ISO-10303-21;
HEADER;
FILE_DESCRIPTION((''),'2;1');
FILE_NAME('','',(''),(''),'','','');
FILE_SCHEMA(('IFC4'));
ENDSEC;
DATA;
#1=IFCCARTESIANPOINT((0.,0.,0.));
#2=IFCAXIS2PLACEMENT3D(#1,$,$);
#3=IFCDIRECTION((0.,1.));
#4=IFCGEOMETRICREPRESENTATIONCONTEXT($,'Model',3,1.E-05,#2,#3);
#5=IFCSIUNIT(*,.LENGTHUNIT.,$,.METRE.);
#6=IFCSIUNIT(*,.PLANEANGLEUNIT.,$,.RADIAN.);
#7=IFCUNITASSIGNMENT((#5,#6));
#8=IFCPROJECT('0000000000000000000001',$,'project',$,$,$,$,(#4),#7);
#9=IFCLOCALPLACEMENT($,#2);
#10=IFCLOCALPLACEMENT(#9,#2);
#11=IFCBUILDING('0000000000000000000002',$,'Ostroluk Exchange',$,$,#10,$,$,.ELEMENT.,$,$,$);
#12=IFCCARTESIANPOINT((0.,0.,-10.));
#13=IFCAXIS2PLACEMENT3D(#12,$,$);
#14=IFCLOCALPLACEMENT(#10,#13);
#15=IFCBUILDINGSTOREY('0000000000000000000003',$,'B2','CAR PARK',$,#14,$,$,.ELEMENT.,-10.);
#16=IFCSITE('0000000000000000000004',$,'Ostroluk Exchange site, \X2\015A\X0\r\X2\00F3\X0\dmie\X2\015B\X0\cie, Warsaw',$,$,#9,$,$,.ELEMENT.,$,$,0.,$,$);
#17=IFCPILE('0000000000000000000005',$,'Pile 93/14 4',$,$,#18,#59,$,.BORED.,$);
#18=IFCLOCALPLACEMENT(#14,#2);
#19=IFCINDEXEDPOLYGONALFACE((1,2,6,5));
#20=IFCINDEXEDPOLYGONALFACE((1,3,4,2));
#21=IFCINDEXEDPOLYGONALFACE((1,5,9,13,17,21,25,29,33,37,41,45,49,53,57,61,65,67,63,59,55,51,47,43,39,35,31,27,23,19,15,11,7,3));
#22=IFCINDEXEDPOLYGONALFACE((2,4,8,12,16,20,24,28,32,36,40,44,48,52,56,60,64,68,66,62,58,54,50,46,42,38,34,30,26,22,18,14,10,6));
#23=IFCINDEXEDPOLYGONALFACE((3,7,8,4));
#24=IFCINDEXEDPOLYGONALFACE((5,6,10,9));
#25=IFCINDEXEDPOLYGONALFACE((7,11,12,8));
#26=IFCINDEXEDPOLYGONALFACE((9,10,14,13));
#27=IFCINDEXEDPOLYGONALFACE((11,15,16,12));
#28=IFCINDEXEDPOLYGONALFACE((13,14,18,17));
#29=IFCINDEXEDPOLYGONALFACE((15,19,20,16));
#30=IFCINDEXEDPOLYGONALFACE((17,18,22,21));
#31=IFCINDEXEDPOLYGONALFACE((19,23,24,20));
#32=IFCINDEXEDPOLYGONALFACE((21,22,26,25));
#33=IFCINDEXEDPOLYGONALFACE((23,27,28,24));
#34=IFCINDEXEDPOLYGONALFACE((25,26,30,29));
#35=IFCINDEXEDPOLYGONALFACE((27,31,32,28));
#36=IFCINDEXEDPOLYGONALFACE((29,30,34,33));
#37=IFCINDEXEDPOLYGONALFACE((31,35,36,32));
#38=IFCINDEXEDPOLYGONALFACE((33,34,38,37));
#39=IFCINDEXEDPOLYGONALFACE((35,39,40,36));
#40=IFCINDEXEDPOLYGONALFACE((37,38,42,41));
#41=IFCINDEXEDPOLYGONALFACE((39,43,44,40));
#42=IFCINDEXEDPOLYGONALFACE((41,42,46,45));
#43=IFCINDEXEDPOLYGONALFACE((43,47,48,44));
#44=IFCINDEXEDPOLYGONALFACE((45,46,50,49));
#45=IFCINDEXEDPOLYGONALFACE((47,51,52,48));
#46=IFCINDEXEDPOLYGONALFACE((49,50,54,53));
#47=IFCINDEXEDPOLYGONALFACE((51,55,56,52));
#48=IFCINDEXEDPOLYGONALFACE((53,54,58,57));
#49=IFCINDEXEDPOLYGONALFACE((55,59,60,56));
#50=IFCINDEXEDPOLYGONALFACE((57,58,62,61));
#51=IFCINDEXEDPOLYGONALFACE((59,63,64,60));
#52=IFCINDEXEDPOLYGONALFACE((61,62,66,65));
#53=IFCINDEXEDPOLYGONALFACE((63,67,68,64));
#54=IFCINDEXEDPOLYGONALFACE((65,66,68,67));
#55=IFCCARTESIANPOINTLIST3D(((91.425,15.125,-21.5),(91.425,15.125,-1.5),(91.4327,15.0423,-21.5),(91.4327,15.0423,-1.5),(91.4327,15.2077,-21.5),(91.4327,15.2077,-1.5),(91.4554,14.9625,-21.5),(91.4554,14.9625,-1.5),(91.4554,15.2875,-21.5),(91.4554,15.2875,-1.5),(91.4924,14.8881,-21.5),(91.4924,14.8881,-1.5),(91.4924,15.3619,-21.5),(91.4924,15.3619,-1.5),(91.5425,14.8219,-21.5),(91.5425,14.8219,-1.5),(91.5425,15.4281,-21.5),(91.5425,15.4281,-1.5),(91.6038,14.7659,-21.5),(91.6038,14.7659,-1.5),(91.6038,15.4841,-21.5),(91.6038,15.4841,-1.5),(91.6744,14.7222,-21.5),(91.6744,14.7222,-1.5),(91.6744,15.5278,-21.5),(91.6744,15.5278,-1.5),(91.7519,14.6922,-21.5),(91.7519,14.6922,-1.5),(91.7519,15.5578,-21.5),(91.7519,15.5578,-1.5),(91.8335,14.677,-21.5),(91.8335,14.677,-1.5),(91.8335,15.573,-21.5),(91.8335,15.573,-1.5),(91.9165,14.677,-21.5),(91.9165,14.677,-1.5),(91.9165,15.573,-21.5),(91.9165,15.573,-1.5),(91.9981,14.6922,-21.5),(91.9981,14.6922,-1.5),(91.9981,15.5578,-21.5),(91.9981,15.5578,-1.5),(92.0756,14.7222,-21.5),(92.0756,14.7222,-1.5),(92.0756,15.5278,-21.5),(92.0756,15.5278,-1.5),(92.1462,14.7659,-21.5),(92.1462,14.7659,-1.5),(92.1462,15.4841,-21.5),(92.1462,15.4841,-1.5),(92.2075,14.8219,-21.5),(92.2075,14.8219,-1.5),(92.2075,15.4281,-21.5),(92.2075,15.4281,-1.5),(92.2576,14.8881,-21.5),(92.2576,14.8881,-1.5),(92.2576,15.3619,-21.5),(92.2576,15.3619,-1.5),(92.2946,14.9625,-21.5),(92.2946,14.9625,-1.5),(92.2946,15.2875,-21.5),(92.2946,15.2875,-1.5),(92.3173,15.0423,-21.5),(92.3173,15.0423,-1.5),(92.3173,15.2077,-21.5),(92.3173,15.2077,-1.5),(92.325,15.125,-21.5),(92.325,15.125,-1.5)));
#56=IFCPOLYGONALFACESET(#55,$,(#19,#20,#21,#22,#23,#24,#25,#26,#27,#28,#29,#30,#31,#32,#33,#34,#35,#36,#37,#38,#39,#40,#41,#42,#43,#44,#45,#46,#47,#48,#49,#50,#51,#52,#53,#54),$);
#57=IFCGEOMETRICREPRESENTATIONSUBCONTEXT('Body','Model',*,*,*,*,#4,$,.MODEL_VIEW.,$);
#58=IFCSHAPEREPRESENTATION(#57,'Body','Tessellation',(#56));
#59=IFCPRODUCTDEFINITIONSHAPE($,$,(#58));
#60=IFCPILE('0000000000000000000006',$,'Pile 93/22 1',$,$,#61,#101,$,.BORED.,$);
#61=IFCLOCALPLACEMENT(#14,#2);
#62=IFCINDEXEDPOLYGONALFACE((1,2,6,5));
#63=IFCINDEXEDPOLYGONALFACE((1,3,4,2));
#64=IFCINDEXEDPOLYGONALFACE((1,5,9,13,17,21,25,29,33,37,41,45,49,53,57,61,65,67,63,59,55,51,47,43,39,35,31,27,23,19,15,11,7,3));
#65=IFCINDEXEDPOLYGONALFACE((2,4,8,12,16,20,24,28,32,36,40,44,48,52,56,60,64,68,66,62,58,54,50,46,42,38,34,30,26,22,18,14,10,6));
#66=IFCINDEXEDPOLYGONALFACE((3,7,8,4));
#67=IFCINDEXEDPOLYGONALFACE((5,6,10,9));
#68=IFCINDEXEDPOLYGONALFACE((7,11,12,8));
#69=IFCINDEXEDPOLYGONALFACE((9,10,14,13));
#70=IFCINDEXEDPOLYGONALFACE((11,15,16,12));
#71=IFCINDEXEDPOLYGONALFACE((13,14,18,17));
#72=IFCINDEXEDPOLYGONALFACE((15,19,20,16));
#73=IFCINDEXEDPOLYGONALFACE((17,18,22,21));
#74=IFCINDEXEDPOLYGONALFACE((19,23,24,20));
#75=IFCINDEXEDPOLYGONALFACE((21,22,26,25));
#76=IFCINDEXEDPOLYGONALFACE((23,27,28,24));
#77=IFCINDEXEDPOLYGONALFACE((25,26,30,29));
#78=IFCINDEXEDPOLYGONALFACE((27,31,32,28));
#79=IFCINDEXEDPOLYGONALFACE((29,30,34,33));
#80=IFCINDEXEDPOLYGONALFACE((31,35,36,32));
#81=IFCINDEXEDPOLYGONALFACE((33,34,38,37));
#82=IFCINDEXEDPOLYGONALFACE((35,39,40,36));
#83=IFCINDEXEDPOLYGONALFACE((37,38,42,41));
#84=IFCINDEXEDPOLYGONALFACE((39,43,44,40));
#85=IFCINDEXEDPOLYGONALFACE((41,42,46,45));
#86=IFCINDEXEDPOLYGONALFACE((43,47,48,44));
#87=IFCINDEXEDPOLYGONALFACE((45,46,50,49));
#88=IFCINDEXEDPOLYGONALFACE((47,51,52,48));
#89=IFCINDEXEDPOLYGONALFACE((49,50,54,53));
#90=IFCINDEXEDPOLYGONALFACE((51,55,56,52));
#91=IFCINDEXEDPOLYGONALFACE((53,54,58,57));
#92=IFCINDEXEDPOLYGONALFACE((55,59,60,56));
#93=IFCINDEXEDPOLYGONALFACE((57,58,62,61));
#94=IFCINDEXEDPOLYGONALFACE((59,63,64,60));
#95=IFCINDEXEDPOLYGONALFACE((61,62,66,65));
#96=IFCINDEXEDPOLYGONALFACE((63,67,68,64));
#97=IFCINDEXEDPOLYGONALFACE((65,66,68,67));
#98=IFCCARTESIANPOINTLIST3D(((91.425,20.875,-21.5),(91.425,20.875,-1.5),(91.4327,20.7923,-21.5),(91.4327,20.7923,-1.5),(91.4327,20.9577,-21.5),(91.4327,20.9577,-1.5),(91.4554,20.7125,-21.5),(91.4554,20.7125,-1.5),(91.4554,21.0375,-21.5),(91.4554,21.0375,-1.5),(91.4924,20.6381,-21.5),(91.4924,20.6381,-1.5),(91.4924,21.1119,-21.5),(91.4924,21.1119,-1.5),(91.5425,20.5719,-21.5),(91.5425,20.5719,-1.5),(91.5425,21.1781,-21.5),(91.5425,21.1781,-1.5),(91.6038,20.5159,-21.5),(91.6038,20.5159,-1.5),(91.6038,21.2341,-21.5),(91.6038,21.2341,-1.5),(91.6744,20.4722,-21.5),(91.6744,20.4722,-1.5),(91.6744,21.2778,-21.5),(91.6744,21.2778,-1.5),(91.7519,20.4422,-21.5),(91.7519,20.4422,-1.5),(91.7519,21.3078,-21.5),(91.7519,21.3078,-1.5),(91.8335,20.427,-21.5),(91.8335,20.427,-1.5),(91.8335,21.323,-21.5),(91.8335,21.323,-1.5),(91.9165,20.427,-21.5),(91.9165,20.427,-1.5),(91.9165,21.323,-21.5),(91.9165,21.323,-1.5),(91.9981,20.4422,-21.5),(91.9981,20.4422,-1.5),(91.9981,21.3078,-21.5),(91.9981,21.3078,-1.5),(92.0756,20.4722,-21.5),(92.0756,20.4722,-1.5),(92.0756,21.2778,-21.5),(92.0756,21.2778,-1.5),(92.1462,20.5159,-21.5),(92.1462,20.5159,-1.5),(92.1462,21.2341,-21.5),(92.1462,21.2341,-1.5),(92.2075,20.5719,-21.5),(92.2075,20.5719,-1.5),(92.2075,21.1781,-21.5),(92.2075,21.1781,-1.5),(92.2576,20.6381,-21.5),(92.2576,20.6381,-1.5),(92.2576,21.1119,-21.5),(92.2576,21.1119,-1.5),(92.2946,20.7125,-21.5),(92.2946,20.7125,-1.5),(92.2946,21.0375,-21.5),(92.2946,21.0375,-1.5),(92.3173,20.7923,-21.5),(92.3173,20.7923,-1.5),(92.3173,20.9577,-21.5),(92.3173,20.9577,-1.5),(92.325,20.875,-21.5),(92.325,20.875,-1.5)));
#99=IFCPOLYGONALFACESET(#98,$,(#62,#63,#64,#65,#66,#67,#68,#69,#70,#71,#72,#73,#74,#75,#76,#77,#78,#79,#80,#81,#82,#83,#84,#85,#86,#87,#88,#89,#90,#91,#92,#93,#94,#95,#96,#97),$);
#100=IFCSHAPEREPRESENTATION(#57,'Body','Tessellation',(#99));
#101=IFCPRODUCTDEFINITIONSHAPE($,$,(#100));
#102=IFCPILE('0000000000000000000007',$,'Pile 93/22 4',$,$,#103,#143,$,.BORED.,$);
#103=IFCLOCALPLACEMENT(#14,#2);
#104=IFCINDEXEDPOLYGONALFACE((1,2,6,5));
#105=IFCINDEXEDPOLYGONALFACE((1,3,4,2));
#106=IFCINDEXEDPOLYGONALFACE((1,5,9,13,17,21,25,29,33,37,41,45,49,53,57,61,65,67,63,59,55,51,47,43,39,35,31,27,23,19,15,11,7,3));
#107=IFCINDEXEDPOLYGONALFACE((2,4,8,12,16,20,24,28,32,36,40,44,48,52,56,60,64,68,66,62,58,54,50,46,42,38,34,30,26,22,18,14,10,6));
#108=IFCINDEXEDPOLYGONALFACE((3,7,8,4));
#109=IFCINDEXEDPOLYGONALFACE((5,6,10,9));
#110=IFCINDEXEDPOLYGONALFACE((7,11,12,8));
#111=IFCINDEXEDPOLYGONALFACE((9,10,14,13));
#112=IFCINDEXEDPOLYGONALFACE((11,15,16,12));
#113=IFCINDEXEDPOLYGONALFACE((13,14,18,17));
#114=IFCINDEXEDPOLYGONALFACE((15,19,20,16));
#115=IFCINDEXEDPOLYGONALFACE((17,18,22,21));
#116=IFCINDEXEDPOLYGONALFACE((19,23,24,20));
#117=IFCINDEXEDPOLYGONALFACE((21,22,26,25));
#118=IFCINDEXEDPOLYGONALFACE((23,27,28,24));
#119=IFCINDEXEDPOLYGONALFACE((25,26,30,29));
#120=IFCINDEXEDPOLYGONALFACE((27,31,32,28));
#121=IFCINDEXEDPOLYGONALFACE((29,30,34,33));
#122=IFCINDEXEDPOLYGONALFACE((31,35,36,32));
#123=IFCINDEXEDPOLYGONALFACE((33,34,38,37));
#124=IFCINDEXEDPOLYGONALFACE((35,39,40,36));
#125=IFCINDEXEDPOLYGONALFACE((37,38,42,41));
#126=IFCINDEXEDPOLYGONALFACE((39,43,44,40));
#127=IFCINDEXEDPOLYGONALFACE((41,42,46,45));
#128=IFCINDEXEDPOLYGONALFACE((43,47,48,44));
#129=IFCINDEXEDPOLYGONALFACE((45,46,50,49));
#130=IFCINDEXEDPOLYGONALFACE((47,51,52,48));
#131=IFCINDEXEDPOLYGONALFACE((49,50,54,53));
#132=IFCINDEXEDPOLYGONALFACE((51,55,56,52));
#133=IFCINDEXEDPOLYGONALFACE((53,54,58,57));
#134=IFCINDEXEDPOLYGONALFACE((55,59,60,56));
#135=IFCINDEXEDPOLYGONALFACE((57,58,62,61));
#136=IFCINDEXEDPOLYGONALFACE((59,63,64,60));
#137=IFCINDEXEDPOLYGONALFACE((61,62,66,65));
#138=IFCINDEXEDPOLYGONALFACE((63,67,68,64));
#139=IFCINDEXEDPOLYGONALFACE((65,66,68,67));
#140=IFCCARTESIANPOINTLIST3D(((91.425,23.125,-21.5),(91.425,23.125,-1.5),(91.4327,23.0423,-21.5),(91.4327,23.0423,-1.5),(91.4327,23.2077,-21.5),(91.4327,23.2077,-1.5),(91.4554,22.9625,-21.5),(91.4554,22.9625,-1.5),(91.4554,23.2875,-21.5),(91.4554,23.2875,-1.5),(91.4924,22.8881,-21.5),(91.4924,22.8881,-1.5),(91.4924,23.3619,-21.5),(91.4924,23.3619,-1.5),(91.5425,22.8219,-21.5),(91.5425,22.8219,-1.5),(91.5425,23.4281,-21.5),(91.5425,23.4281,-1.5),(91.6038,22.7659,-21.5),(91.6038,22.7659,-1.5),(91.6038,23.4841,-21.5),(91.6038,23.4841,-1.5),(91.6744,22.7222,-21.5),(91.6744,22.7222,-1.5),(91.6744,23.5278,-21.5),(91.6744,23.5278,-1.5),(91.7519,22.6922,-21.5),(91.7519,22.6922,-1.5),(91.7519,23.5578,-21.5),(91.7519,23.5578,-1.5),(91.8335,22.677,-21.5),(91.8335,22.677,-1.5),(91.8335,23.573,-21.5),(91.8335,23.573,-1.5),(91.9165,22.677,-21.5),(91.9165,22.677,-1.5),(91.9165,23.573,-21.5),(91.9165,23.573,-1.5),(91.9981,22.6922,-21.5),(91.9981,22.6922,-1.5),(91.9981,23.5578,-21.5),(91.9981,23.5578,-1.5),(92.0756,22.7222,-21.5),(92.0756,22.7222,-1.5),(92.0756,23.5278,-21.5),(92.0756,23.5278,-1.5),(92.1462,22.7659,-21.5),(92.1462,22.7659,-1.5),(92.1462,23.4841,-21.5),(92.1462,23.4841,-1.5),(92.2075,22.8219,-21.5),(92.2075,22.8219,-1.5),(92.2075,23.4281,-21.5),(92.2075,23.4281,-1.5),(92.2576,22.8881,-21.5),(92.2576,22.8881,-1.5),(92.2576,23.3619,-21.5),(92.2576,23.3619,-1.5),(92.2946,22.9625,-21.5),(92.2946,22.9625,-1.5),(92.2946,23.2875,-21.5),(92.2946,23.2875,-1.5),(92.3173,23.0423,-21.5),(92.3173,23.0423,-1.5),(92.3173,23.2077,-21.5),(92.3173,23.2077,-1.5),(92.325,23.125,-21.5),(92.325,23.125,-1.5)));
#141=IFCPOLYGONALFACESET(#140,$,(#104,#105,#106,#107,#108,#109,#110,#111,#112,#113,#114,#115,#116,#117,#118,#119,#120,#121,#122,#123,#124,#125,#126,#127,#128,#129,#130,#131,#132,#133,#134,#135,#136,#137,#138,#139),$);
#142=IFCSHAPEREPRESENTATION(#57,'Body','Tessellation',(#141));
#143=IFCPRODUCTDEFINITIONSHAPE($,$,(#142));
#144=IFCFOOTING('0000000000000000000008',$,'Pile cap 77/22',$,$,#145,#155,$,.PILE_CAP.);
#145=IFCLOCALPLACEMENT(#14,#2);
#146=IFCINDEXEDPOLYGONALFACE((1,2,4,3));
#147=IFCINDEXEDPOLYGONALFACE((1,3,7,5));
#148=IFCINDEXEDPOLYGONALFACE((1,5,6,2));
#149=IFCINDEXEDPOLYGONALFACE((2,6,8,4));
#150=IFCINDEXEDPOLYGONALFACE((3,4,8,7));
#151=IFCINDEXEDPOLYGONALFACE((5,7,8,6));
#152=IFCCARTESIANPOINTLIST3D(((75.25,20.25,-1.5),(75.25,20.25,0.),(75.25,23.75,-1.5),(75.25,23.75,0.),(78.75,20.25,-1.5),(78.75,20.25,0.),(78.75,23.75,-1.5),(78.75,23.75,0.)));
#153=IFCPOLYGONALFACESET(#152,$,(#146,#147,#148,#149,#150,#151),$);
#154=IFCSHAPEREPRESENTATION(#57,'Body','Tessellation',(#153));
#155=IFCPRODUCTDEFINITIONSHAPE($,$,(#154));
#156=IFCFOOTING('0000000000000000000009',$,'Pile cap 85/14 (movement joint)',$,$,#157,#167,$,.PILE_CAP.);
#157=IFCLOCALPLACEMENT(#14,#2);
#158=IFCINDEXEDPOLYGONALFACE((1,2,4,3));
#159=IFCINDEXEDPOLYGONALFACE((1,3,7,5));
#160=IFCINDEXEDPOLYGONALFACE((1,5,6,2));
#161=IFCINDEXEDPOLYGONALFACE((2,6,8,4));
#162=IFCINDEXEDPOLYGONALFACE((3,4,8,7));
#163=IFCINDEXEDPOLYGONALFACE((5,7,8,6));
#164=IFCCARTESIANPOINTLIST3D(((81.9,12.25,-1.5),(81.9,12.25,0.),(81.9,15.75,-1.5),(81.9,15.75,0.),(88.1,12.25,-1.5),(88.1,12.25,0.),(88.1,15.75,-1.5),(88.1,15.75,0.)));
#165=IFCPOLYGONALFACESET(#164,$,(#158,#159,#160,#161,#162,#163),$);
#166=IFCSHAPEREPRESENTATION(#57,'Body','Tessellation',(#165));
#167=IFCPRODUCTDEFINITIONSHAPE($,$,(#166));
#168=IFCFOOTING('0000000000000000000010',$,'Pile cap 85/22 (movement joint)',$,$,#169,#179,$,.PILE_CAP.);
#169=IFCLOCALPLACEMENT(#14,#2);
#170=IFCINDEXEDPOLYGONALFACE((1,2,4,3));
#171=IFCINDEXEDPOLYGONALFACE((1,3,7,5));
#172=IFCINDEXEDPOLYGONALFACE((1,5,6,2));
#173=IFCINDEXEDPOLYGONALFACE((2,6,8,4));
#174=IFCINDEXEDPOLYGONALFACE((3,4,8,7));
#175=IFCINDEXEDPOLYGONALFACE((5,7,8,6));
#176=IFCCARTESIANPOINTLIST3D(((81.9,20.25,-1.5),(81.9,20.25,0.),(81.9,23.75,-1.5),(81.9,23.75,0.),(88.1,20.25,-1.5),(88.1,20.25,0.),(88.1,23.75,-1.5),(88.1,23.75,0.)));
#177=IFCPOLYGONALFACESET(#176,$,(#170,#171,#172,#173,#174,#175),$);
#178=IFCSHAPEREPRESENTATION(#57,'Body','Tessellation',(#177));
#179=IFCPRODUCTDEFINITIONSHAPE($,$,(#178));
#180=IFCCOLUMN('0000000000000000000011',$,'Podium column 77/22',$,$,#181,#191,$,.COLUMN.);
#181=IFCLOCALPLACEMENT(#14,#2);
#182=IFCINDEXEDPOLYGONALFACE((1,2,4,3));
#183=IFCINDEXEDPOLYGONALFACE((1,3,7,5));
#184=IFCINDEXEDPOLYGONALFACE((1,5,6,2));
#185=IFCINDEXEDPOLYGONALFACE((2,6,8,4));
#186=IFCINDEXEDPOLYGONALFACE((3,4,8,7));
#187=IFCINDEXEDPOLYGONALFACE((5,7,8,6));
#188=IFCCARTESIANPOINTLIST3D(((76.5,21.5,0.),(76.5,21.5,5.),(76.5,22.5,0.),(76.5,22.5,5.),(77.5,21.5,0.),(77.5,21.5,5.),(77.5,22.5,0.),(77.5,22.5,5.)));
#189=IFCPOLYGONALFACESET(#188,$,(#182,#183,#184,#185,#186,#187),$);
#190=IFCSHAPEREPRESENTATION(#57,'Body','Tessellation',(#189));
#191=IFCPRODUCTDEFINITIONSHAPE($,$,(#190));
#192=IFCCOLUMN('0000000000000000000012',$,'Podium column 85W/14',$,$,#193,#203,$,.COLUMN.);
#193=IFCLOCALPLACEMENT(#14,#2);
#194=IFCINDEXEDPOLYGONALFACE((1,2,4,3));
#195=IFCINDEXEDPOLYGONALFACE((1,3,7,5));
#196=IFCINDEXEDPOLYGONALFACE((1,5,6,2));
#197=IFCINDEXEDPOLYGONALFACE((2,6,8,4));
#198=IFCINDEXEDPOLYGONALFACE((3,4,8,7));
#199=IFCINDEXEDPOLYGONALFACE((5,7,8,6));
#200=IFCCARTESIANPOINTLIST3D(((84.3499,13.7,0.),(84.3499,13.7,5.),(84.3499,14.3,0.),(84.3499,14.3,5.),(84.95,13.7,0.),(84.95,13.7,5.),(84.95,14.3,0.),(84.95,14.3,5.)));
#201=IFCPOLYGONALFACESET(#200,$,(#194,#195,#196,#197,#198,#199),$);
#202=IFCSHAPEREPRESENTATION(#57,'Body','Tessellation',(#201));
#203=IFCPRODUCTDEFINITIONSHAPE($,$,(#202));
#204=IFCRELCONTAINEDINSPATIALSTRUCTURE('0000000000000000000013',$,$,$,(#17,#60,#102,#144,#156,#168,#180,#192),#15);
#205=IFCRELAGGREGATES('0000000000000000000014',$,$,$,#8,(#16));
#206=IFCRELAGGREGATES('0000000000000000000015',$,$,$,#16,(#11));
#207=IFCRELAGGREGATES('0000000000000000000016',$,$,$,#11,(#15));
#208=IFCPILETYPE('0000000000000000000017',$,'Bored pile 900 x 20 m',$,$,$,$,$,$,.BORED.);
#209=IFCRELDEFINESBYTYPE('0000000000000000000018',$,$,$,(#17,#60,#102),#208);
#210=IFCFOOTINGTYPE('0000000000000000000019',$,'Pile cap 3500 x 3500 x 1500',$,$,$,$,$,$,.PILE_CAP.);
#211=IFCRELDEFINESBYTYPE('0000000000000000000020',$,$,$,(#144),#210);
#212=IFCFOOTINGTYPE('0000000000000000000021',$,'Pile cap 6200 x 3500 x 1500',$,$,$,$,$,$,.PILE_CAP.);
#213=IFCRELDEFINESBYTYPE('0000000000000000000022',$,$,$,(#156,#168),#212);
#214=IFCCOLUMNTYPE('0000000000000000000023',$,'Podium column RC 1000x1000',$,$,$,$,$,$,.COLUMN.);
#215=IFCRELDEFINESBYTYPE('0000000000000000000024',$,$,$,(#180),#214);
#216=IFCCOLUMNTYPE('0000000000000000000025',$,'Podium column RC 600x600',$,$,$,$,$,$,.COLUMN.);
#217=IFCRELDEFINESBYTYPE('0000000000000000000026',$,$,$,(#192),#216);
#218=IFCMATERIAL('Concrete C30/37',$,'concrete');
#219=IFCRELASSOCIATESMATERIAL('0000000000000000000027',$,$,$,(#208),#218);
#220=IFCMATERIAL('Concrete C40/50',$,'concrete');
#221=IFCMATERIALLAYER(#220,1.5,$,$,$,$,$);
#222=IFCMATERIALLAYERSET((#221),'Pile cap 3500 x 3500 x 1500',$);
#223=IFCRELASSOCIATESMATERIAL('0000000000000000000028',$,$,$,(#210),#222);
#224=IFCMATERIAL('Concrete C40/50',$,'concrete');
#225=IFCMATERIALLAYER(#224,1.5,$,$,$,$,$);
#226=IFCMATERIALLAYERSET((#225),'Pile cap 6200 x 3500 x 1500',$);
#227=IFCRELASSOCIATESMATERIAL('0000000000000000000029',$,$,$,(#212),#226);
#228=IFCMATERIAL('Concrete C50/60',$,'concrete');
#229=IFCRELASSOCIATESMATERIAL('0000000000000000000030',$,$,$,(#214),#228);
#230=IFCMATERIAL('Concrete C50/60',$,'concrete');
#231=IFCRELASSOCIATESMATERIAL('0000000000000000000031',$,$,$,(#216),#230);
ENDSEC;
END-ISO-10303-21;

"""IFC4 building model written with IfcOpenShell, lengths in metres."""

from ifc_helpers import new_model, si_unit, direction, frame, origin, origin_2d, place, context, subcontext, project, spatial, rectangle, circle, extrude, material, layer, layer_set, material_profile, profile_set, type_object, element, save


model = new_model("IFC4")

# Units and contexts
model_context = context("Model", 3, precision=1e-05, world=origin(), true_north=direction((0.0, 1.0)))
body_context = subcontext(model_context, "Body", "Model", "MODEL_VIEW")
ifc_project = project(units=[si_unit("LENGTHUNIT", "METRE"), si_unit("PLANEANGLEUNIT", "RADIAN")], contexts=[model_context])

# Site, building, storey
site_placement = place(None, origin())
site = spatial("IfcSite", under=ifc_project, at=site_placement, Name="Ostroluk Exchange site, Śródmieście, Warsaw", CompositionType="ELEMENT", RefElevation=0.0)
building_placement = place(site_placement, origin())
building = spatial("IfcBuilding", under=site, at=building_placement, Name="Ostroluk Exchange", CompositionType="ELEMENT")
storey_placement = place(building_placement, frame((0.0, 0.0, -10.0)))
storey = spatial("IfcBuildingStorey", under=building, at=storey_placement, Name="B2", Description="CAR PARK", CompositionType="ELEMENT", Elevation=-10.0)

# Piles
ifc_material_1 = material(Name="Concrete C30/37", Category="concrete")
pile_type = type_object("IfcPileType", Name="Bored pile 900 x 20 m", PredefinedType="BORED", material=ifc_material_1)
for number, where, z_axis, x_axis, name in (
    (1, (91.875, 15.125, -1.5), (0.0, 0.0, -1.0), (1.0, 0.0, 0.0), "Pile 93/14 4"),
    (2, (91.875, 20.875, -1.5), (0.0, 0.0, -1.0), (1.0, 0.0, 0.0), "Pile 93/22 1"),
    (3, (91.875, 23.125, -1.5), (0.0, 0.0, -1.0), (1.0, 0.0, 0.0), "Pile 93/22 4"),
):
    element("IfcPile", number, at=place(storey_placement, frame(where, z_axis=z_axis, x_axis=x_axis)), inside=storey, type_object=pile_type, Name=name, PredefinedType="BORED", context=body_context, shape_type="SweptSolid", body=[
        extrude(circle(Radius=0.45, at=origin_2d()), origin(), (0.0, 0.0, 1.0), 20.0),
    ])

# Footings
ifc_material_2 = material(Name="Concrete C40/50", Category="concrete")
ifc_layer_1 = layer(ifc_material_2, 1.5)
ifc_layer_set_1 = layer_set([ifc_layer_1], Name="Pile cap 3500 x 3500 x 1500")
footing_type_1 = type_object("IfcFootingType", Name="Pile cap 3500 x 3500 x 1500", PredefinedType="PILE_CAP", material=ifc_layer_set_1)
footing_placement = place(storey_placement, frame((77.0, 22.0, -1.5), z_axis=(0.0, 0.0, 1.0), x_axis=(1.0, 0.0, 0.0)))
element("IfcFooting", 4, at=footing_placement, inside=storey, type_object=footing_type_1, Name="Pile cap 77/22", PredefinedType="PILE_CAP", context=body_context, shape_type="SweptSolid", body=[
    extrude(rectangle(XDim=3.5, YDim=3.5, at=origin_2d()), origin(), (0.0, 0.0, 1.0), 1.5),
])
ifc_material_3 = material(Name="Concrete C40/50", Category="concrete")
ifc_layer_2 = layer(ifc_material_3, 1.5)
ifc_layer_set_2 = layer_set([ifc_layer_2], Name="Pile cap 6200 x 3500 x 1500")
footing_type_2 = type_object("IfcFootingType", Name="Pile cap 6200 x 3500 x 1500", PredefinedType="PILE_CAP", material=ifc_layer_set_2)
for number, where, z_axis, x_axis, name in (
    (5, (85.0, 14.0, -1.5), (0.0, 0.0, 1.0), (1.0, 0.0, 0.0), "Pile cap 85/14 (movement joint)"),
    (6, (85.0, 22.0, -1.5), (0.0, 0.0, 1.0), (1.0, 0.0, 0.0), "Pile cap 85/22 (movement joint)"),
):
    element("IfcFooting", number, at=place(storey_placement, frame(where, z_axis=z_axis, x_axis=x_axis)), inside=storey, type_object=footing_type_2, Name=name, PredefinedType="PILE_CAP", context=body_context, shape_type="SweptSolid", body=[
        extrude(rectangle(XDim=6.2, YDim=3.5, at=origin_2d()), origin(), (0.0, 0.0, 1.0), 1.5),
    ])

# Columns
ifc_material_4 = material(Name="Concrete C50/60", Category="concrete")
ifc_material_profile_1 = material_profile(ifc_material_4, rectangle(XDim=1.0, YDim=1.0, at=origin_2d()), Name="RC 1000x1000")
ifc_profile_set_1 = profile_set([ifc_material_profile_1], Name="Concrete C50/60")
column_type_1 = type_object("IfcColumnType", Name="Podium column RC 1000x1000", PredefinedType="COLUMN", material=ifc_profile_set_1)
column_placement = place(storey_placement, frame((77.0, 22.0, 0.0), z_axis=(0.0, 0.0, 1.0), x_axis=(1.0, 0.0, 0.0)))
element("IfcColumn", 7, at=column_placement, inside=storey, type_object=column_type_1, Name="Podium column 77/22", PredefinedType="COLUMN", context=body_context, shape_type="SweptSolid", body=[
    extrude(rectangle(XDim=1.0, YDim=1.0, at=origin_2d()), origin(), (0.0, 0.0, 1.0), 5.0),
])
ifc_material_5 = material(Name="Concrete C50/60", Category="concrete")
ifc_material_profile_2 = material_profile(ifc_material_5, rectangle(XDim=0.6001, YDim=0.6001, at=origin_2d()), Name="RC 600x600")
ifc_profile_set_2 = profile_set([ifc_material_profile_2], Name="Concrete C50/60")
column_type_2 = type_object("IfcColumnType", Name="Podium column RC 600x600", PredefinedType="COLUMN", material=ifc_profile_set_2)
for number, where, z_axis, x_axis, name in (
    (8, (84.6499, 14.0, 0.0), (0.0, 0.0, 1.0), (1.0, 0.0, 0.0), "Podium column 85W/14"),
):
    element("IfcColumn", number, at=place(storey_placement, frame(where, z_axis=z_axis, x_axis=x_axis)), inside=storey, type_object=column_type_2, Name=name, PredefinedType="COLUMN", context=body_context, shape_type="SweptSolid", body=[
        extrude(rectangle(XDim=0.6001, YDim=0.6001, at=origin_2d()), origin(), (0.0, 0.0, 1.0), 5.0),
    ])

save(model, "model.ifc")
